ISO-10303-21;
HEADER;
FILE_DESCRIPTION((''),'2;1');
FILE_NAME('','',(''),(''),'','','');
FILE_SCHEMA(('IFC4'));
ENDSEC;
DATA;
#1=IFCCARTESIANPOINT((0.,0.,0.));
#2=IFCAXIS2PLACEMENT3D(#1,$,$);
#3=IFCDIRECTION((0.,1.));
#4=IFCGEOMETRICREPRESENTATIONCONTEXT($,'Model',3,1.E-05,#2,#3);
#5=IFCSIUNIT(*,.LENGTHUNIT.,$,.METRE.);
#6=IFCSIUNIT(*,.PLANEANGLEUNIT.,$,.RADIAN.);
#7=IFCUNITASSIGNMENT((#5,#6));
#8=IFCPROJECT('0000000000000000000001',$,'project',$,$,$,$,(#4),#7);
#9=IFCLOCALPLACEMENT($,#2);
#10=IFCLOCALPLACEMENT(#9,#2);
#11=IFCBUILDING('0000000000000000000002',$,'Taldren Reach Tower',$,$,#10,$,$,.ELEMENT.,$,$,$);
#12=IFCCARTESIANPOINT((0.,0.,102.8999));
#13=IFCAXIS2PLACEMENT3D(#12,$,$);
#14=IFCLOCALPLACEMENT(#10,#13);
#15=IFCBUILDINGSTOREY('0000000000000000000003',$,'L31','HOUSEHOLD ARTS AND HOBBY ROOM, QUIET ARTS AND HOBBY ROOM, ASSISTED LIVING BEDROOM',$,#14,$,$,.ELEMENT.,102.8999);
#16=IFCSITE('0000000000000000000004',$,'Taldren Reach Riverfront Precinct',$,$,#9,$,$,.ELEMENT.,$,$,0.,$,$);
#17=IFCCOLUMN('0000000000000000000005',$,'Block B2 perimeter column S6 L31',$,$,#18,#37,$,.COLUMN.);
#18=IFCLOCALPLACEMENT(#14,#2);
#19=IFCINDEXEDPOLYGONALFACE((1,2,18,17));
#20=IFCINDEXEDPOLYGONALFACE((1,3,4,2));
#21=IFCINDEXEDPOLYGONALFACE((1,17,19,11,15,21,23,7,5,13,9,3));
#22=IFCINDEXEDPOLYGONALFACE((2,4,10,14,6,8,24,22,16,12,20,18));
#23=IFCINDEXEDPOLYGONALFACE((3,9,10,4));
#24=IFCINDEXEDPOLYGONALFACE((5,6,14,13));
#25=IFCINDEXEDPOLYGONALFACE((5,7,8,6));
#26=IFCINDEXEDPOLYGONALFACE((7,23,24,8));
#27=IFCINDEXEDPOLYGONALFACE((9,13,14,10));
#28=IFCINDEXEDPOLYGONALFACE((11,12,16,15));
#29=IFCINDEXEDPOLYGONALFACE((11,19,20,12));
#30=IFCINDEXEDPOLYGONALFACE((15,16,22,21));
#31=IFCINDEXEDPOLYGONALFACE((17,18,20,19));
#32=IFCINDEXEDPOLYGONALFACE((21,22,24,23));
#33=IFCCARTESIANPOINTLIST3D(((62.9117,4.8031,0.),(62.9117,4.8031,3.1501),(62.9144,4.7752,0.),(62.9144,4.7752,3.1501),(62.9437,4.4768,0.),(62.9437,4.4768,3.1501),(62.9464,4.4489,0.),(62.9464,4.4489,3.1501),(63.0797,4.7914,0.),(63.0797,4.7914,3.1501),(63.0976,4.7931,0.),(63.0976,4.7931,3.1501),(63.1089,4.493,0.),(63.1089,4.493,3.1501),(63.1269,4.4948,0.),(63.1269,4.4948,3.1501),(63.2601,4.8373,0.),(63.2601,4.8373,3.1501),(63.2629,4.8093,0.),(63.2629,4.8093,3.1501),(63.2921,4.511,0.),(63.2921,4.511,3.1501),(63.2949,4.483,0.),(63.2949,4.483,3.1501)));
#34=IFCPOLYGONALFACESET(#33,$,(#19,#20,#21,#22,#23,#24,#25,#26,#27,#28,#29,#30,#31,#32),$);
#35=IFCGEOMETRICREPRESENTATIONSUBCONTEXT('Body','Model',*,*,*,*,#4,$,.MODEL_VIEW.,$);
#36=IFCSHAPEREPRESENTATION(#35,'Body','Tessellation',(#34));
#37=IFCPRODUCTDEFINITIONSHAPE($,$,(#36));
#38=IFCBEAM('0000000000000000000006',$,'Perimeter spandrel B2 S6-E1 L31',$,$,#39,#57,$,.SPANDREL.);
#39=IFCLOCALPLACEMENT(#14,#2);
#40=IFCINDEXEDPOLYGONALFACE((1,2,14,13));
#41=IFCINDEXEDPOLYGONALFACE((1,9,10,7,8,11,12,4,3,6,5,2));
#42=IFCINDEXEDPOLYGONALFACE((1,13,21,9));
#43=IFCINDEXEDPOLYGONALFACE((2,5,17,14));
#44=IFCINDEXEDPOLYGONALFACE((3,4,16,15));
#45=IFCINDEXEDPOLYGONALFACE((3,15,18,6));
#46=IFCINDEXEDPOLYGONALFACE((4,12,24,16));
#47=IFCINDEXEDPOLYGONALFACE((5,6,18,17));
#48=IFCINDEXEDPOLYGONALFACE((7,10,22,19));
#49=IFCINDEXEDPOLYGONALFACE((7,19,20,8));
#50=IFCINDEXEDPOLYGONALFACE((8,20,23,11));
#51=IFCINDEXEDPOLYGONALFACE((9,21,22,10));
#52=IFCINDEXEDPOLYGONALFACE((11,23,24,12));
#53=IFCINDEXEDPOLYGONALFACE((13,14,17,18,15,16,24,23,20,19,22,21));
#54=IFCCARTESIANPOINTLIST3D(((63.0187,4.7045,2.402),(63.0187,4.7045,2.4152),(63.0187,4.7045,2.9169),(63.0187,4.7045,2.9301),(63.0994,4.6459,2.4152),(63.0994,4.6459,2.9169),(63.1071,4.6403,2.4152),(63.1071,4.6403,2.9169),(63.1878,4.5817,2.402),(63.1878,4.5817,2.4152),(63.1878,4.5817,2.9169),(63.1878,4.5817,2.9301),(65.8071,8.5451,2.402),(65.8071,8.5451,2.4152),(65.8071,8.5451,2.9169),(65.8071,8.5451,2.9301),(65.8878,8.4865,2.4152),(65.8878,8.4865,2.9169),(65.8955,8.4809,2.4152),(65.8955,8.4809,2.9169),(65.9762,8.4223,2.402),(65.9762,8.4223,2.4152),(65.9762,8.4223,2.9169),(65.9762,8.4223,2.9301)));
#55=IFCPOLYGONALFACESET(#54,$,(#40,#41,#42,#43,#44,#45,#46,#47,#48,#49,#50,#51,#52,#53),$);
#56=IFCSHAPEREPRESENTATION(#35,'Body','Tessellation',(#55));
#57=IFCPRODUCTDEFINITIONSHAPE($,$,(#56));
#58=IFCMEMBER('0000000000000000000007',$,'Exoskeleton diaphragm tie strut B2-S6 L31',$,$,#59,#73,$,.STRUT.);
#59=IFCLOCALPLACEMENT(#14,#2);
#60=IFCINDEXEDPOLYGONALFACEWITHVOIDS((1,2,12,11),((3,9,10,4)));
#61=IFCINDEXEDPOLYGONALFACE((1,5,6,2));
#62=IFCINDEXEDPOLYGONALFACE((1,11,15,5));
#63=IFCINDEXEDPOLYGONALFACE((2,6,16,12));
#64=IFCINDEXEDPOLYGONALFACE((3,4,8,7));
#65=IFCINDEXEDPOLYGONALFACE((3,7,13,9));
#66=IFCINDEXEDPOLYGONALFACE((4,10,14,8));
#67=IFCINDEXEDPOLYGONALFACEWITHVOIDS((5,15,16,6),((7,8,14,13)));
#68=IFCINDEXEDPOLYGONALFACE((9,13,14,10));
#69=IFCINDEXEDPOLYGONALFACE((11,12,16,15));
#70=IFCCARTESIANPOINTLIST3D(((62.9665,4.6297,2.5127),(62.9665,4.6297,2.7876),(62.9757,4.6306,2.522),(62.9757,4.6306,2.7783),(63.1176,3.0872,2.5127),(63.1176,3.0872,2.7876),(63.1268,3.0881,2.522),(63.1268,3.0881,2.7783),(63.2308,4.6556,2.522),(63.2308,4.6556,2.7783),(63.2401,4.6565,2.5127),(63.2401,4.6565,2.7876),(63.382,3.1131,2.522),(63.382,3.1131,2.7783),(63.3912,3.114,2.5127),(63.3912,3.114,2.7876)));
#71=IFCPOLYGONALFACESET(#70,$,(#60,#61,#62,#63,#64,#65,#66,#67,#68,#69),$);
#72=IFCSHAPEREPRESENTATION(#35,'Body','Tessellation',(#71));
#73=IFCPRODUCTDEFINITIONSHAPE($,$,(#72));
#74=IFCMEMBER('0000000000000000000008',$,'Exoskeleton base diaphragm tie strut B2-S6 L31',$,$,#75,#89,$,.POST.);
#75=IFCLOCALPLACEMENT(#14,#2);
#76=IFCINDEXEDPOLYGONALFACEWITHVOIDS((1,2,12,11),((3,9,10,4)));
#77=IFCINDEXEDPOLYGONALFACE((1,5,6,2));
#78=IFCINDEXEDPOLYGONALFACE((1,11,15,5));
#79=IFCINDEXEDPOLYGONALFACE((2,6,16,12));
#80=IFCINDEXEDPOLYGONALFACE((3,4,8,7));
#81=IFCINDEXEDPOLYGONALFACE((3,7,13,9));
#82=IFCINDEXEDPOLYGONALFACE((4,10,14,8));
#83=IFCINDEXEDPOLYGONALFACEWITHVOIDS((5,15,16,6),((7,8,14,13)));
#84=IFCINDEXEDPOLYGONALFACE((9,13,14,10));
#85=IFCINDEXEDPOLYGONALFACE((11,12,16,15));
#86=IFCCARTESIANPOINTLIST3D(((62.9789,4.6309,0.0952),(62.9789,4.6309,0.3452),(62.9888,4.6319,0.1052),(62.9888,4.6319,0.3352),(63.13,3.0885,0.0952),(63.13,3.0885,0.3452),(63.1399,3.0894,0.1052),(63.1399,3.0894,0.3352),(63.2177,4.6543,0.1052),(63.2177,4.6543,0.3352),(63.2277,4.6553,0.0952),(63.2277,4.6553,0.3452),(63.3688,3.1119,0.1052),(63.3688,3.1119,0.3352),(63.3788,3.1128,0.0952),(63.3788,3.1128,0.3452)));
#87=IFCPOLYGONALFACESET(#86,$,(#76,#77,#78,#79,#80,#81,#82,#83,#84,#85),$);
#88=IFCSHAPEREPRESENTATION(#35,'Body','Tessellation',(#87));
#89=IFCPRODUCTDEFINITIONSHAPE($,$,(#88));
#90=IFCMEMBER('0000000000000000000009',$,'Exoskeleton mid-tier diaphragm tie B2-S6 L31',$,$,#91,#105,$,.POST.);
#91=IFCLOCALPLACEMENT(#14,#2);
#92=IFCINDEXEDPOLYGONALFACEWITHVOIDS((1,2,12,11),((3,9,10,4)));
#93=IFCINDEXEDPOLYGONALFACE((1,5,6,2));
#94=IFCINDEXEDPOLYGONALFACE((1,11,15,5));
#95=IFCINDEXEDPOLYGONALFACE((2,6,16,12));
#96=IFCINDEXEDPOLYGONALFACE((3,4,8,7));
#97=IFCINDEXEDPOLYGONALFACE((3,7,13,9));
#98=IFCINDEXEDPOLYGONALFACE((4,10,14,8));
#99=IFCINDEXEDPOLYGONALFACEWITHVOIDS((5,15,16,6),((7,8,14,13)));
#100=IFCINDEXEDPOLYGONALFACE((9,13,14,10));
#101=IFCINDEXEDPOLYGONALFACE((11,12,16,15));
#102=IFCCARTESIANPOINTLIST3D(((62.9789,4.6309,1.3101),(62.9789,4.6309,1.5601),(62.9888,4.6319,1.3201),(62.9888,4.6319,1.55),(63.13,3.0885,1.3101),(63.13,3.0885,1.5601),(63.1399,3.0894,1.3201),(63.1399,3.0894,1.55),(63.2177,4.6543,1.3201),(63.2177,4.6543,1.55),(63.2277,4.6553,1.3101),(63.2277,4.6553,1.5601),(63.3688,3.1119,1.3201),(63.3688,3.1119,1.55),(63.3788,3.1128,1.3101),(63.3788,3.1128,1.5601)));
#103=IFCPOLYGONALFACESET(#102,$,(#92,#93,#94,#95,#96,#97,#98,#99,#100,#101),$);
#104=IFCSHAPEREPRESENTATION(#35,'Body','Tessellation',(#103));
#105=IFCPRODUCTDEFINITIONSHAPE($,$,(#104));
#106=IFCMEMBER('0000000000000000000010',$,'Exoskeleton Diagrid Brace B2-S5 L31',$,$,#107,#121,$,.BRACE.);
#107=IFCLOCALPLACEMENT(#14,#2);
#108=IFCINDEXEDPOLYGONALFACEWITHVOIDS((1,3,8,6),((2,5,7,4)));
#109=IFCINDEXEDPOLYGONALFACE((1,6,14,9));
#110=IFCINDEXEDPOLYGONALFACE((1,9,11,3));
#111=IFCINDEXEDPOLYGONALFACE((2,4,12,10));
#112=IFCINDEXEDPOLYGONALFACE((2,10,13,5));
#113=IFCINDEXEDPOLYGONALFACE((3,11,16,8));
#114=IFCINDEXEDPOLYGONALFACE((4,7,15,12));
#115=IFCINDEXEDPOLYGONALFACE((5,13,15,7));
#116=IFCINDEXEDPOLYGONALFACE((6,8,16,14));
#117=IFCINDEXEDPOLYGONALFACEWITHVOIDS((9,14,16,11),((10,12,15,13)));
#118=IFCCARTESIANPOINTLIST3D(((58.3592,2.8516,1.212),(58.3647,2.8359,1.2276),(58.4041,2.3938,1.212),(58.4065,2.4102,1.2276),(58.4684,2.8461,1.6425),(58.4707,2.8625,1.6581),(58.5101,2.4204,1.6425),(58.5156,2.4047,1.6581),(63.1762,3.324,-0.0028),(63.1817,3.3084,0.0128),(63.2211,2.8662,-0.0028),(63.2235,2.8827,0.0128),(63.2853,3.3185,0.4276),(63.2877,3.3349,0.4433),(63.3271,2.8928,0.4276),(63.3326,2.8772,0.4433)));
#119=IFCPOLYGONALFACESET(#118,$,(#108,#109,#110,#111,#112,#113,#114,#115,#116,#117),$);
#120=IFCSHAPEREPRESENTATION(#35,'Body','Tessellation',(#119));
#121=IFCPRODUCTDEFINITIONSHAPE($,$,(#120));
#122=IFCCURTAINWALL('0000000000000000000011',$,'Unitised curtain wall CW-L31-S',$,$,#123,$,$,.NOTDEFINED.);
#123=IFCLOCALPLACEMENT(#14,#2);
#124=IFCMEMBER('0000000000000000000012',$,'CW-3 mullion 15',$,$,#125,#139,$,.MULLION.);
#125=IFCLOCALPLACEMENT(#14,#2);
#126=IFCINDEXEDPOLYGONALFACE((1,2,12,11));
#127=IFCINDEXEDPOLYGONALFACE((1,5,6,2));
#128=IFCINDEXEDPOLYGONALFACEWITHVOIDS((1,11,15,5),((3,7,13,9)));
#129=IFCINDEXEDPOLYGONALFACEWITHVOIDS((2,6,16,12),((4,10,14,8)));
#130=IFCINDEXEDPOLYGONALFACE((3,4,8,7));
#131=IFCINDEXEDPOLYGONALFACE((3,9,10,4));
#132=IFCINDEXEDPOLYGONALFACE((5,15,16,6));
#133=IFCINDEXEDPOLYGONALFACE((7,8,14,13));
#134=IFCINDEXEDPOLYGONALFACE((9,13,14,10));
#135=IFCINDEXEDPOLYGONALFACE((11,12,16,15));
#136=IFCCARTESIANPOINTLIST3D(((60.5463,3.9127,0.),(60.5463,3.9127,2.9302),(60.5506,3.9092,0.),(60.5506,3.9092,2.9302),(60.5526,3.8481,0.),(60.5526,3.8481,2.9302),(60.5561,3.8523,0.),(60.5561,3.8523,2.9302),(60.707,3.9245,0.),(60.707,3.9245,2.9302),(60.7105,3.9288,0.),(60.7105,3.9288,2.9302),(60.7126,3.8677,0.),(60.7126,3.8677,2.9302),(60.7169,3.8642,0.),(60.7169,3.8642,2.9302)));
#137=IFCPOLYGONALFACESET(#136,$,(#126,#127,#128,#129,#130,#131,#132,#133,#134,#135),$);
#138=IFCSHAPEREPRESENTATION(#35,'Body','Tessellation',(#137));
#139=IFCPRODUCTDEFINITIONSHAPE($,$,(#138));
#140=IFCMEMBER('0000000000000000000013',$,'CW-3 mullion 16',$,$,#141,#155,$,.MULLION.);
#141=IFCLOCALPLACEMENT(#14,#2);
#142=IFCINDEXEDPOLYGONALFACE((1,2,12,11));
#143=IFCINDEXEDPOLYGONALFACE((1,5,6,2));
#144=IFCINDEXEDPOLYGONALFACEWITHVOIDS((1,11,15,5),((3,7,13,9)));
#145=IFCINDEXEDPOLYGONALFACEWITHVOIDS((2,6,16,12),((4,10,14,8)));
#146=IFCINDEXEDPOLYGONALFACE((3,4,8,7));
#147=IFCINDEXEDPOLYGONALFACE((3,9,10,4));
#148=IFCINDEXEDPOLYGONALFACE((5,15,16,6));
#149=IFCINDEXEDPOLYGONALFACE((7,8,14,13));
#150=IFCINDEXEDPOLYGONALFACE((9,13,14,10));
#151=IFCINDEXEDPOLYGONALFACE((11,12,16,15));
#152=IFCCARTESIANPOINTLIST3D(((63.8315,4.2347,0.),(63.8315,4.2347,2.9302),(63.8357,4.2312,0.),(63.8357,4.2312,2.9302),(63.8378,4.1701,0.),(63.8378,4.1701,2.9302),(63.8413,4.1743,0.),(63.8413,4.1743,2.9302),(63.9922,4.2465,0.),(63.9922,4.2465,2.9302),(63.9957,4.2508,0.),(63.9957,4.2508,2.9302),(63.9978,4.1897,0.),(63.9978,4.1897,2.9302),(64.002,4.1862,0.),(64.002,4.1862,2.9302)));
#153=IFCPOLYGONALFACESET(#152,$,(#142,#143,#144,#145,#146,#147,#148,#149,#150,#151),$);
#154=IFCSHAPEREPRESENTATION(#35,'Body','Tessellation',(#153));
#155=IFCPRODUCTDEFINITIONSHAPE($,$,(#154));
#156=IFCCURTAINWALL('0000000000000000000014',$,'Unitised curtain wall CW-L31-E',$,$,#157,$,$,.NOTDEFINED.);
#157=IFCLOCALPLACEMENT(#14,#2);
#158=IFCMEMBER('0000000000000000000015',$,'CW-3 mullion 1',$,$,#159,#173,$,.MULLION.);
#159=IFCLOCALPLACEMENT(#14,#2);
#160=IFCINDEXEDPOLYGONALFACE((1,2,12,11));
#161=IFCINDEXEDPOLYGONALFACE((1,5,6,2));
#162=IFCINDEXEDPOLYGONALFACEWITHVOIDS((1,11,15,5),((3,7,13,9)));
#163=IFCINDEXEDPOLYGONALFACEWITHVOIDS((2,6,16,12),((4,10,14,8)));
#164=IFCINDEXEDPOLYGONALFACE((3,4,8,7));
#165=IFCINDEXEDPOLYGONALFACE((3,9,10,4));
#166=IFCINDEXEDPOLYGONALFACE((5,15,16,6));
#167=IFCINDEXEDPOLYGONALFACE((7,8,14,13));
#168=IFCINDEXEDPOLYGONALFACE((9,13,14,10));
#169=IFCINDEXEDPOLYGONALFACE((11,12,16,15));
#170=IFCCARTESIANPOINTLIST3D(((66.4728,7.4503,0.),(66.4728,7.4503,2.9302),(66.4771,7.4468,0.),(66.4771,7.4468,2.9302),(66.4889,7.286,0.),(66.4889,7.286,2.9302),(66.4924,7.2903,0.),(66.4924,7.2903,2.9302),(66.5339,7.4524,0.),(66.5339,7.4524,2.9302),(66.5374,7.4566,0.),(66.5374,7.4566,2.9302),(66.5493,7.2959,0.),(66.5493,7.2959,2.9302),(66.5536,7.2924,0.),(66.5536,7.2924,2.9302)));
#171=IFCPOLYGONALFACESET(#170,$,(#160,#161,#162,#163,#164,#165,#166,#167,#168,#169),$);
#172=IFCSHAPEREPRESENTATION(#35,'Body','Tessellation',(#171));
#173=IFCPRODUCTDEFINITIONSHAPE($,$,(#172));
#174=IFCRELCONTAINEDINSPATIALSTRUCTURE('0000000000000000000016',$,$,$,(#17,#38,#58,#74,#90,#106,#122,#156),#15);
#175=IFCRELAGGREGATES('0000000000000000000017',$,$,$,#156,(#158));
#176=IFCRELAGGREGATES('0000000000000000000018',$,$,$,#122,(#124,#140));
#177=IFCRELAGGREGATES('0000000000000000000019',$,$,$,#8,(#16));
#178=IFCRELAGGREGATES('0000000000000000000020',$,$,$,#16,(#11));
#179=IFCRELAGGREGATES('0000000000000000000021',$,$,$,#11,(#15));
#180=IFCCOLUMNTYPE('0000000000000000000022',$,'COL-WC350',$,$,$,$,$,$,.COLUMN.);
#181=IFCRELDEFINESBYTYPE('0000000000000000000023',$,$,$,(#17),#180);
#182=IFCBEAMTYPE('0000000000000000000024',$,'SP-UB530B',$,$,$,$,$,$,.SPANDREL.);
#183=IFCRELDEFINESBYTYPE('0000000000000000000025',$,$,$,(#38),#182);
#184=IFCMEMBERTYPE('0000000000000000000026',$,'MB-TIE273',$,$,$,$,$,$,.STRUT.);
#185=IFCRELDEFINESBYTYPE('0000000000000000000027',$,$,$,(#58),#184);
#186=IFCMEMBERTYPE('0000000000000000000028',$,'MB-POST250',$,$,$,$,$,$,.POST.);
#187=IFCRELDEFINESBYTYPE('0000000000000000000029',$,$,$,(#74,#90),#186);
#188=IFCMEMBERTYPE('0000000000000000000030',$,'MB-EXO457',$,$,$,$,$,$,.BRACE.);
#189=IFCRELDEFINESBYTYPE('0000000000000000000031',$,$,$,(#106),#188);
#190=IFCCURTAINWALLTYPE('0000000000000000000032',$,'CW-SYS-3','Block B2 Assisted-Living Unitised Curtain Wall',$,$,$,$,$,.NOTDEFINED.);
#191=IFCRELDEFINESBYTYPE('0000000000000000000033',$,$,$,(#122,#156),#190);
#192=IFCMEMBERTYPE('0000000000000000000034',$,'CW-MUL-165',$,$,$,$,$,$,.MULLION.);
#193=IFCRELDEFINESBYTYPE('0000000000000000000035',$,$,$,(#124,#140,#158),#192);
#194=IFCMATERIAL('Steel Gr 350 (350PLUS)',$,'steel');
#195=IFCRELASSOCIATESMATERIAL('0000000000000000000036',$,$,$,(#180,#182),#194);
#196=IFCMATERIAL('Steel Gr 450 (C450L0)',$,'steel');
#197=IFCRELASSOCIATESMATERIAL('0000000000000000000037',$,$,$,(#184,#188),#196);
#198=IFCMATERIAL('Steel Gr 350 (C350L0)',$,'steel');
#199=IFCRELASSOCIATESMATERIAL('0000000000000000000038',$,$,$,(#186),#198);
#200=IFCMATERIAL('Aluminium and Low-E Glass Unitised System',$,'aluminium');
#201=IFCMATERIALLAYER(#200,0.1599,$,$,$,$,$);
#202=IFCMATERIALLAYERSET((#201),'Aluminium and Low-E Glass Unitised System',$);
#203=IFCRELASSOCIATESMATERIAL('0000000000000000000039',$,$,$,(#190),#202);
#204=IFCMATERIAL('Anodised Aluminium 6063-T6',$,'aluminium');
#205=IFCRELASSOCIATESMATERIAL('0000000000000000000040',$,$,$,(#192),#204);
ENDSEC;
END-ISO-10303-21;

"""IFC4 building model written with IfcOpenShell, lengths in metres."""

from ifc_helpers import new_model, si_unit, direction, frame, origin, origin_2d, place, context, subcontext, project, spatial, hollow_rectangle, i_section, extrude, source, transform, mapped, material, layer, layer_set, material_profile, profile_set, type_object, element, aggregate, save


model = new_model("IFC4")

# Units and contexts
model_context = context("Model", 3, precision=1e-05, world=origin(), true_north=direction((0.0, 1.0)))
body_context = subcontext(model_context, "Body", "Model", "MODEL_VIEW")
ifc_project = project(units=[si_unit("LENGTHUNIT", "METRE"), si_unit("PLANEANGLEUNIT", "RADIAN")], contexts=[model_context])

# Site, building, storey
site_placement = place(None, origin())
site = spatial("IfcSite", under=ifc_project, at=site_placement, Name="Taldren Reach Riverfront Precinct", CompositionType="ELEMENT", RefElevation=0.0)
building_placement = place(site_placement, origin())
building = spatial("IfcBuilding", under=site, at=building_placement, Name="Taldren Reach Tower", CompositionType="ELEMENT")
storey_placement = place(building_placement, frame((0.0, 0.0, 102.8999)))
storey = spatial("IfcBuildingStorey", under=building, at=storey_placement, Name="L31", Description="HOUSEHOLD ARTS AND HOBBY ROOM, QUIET ARTS AND HOBBY ROOM, ASSISTED LIVING BEDROOM", CompositionType="ELEMENT", Elevation=102.8999)

# Column
ifc_material_1 = material(Name="Steel Gr 350 (350PLUS)", Category="steel")
ifc_material_profile_1 = material_profile(ifc_material_1, i_section(OverallWidth=0.3501, OverallDepth=0.356, WebThickness=0.0181, FlangeThickness=0.0281, at=origin_2d()), Name="350WC197")
ifc_profile_set_1 = profile_set([ifc_material_profile_1], Name="Steel Gr 350 (350PLUS)")
column_type = type_object("IfcColumnType", Name="COL-WC350", PredefinedType="COLUMN", material=ifc_profile_set_1)
shared_shape_1 = source(origin(), body_context, "Body", "SweptSolid", [
    extrude(i_section(OverallWidth=0.3501, OverallDepth=0.356, WebThickness=0.0181, FlangeThickness=0.0281, at=origin_2d()), origin(), (0.0, 0.0, 1.0), 3.1501),
])
column_placement = place(storey_placement, frame((63.1033, 4.6431, 0.0), z_axis=(0.0, 0.0, 1.0), x_axis=(0.995227, 0.097583, 0.0)))
element("IfcColumn", 1, at=column_placement, inside=storey, type_object=column_type, Name="Block B2 perimeter column S6 L31", PredefinedType="COLUMN", context=body_context, shape_type="MappedRepresentation", body=[
    mapped(shared_shape_1, transform((0.0, 0.0, 0.0), scale=1.0)),
])

# Beam
ifc_material_profile_2 = material_profile(ifc_material_1, i_section(OverallWidth=0.209, OverallDepth=0.5281, WebThickness=0.0095, FlangeThickness=0.0132, at=origin_2d()), Name="530UB82.0")
ifc_profile_set_2 = profile_set([ifc_material_profile_2], Name="Steel Gr 350 (350PLUS)")
beam_type = type_object("IfcBeamType", Name="SP-UB530B", PredefinedType="SPANDREL", material=ifc_profile_set_2)
shared_shape_2 = source(origin(), body_context, "Body", "SweptSolid", [
    extrude(i_section(OverallWidth=0.209, OverallDepth=0.5281, WebThickness=0.0095, FlangeThickness=0.0132, at=origin_2d()), origin(), (0.0, 0.0, 1.0), 4.7461),
])
beam_placement = place(storey_placement, frame((63.1033, 4.6431, 2.666), z_axis=(0.587508, 0.809219, 0.0), x_axis=(-0.809219, 0.587508, 0.0)))
element("IfcBeam", 2, at=beam_placement, inside=storey, type_object=beam_type, Name="Perimeter spandrel B2 S6-E1 L31", PredefinedType="SPANDREL", context=body_context, shape_type="MappedRepresentation", body=[
    mapped(shared_shape_2, transform((0.0, 0.0, 0.0), scale=1.0)),
])

# Members
ifc_material_2 = material(Name="Steel Gr 450 (C450L0)", Category="steel")
ifc_material_profile_3 = material_profile(ifc_material_2, hollow_rectangle(XDim=0.2749, YDim=0.2749, WallThickness=0.0093, at=origin_2d()), Name="275x275x9.3SHS")
ifc_profile_set_3 = profile_set([ifc_material_profile_3], Name="Steel Gr 450 (C450L0)")
member_type_1 = type_object("IfcMemberType", Name="MB-TIE273", PredefinedType="STRUT", material=ifc_profile_set_3)
shared_shape_3 = source(origin(), body_context, "Body", "SweptSolid", [
    extrude(hollow_rectangle(XDim=0.2749, YDim=0.2749, WallThickness=0.0093, at=origin_2d()), origin(), (0.0, 0.0, 1.0), 1.5498),
])
member_1_placement = place(storey_placement, frame((63.1033, 4.6431, 2.6501), z_axis=(0.097507, -0.995235, 0.0), x_axis=(0.995235, 0.097507, 0.0)))
element("IfcMember", 3, at=member_1_placement, inside=storey, type_object=member_type_1, Name="Exoskeleton diaphragm tie strut B2-S6 L31", PredefinedType="STRUT", context=body_context, shape_type="MappedRepresentation", body=[
    mapped(shared_shape_3, transform((0.0, 0.0, 0.0), scale=1.0)),
])
ifc_material_3 = material(Name="Steel Gr 350 (C350L0)", Category="steel")
ifc_material_profile_4 = material_profile(ifc_material_3, hollow_rectangle(XDim=0.25, YDim=0.25, WallThickness=0.01, at=origin_2d()), Name="250x250x10.0SHS")
ifc_profile_set_4 = profile_set([ifc_material_profile_4], Name="Steel Gr 350 (C350L0)")
member_type_2 = type_object("IfcMemberType", Name="MB-POST250", PredefinedType="POST", material=ifc_profile_set_4)
shared_shape_4 = source(origin(), body_context, "Body", "SweptSolid", [
    extrude(hollow_rectangle(XDim=0.25, YDim=0.25, WallThickness=0.01, at=origin_2d()), origin(), (0.0, 0.0, 1.0), 1.5498),
])
for number, where, z_axis, x_axis, name in (
    (4, (63.1033, 4.6431, 0.2202), (0.097507, -0.995235, 0.0), (0.995235, 0.097507, 0.0), "Exoskeleton base diaphragm tie strut B2-S6 L31"),
    (5, (63.1033, 4.6431, 1.4351), (0.097507, -0.995235, 0.0), (0.995235, 0.097507, 0.0), "Exoskeleton mid-tier diaphragm tie B2-S6 L31"),
):
    element("IfcMember", number, at=place(storey_placement, frame(where, z_axis=z_axis, x_axis=x_axis)), inside=storey, type_object=member_type_2, Name=name, PredefinedType="POST", context=body_context, shape_type="MappedRepresentation", body=[
        mapped(shared_shape_4, transform((0.0, 0.0, 0.0), scale=1.0)),
    ])
ifc_material_profile_5 = material_profile(ifc_material_2, hollow_rectangle(XDim=0.46, YDim=0.46, WallThickness=0.0161, at=origin_2d()), Name="460x460x16.0SHS")
ifc_profile_set_5 = profile_set([ifc_material_profile_5], Name="Steel Gr 450 (C450L0)")
member_type_3 = type_object("IfcMemberType", Name="MB-EXO457", PredefinedType="BRACE", material=ifc_profile_set_5)
shared_shape_5 = source(origin(), body_context, "Body", "SweptSolid", [
    extrude(hollow_rectangle(XDim=0.46, YDim=0.46, WallThickness=0.0161, at=origin_2d()), origin(), (0.0, 0.0, 1.0), 4.9902),
])
member_2_placement = place(storey_placement, frame((63.2544, 3.1006, 0.2202), z_axis=(-0.965283, -0.094669, 0.243449), x_axis=(0.097606, -0.995225, 0.0)))
element("IfcMember", 6, at=member_2_placement, inside=storey, type_object=member_type_3, Name="Exoskeleton Diagrid Brace B2-S5 L31", PredefinedType="BRACE", context=body_context, shape_type="MappedRepresentation", body=[
    mapped(shared_shape_5, transform((0.0, 0.0, 0.0), scale=1.0)),
])

# Curtain wall, members
ifc_material_4 = material(Name="Aluminium and Low-E Glass Unitised System", Category="aluminium")
ifc_layer_1 = layer(ifc_material_4, 0.1599)
ifc_layer_set_1 = layer_set([ifc_layer_1], Name="Aluminium and Low-E Glass Unitised System")
curtain_wall_type = type_object("IfcCurtainWallType", Name="CW-SYS-3", Description="Block B2 Assisted-Living Unitised Curtain Wall", PredefinedType="NOTDEFINED", material=ifc_layer_set_1)
curtain_wall_1_placement = place(storey_placement, origin())
curtain_wall_1 = element("IfcCurtainWall", 7, at=curtain_wall_1_placement, inside=storey, type_object=curtain_wall_type, Name="Unitised curtain wall CW-L31-S", PredefinedType="NOTDEFINED")
ifc_material_5 = material(Name="Anodised Aluminium 6063-T6", Category="aluminium")
ifc_material_profile_6 = material_profile(ifc_material_5, hollow_rectangle(XDim=0.0649, YDim=0.165, WallThickness=0.0039, at=origin_2d()), Name="ALU-165x65x4RHS")
ifc_profile_set_6 = profile_set([ifc_material_profile_6], Name="Anodised Aluminium 6063-T6")
member_type_4 = type_object("IfcMemberType", Name="CW-MUL-165", PredefinedType="MULLION", material=ifc_profile_set_6)
shared_shape_6 = source(origin(), body_context, "Body", "SweptSolid", [
    extrude(hollow_rectangle(XDim=0.0649, YDim=0.165, WallThickness=0.0039, at=origin_2d()), origin(), (0.0, 0.0, 1.0), 2.9302),
])
member_3_placement = place(storey_placement, frame((60.6316, 3.8884, 0.0), z_axis=(0.0, 0.0, 1.0), x_axis=(-0.097583, 0.995227, 0.0)))
member_3 = element("IfcMember", 8, at=member_3_placement, type_object=member_type_4, Name="CW-3 mullion 15", PredefinedType="MULLION", context=body_context, shape_type="MappedRepresentation", body=[
    mapped(shared_shape_6, transform((0.0, 0.0, 0.0), scale=1.0)),
])
member_4_placement = place(storey_placement, frame((63.9167, 4.2104, 0.0), z_axis=(0.0, 0.0, 1.0), x_axis=(-0.097583, 0.995227, 0.0)))
member_4 = element("IfcMember", 9, at=member_4_placement, type_object=member_type_4, Name="CW-3 mullion 16", PredefinedType="MULLION", context=body_context, shape_type="MappedRepresentation", body=[
    mapped(shared_shape_6, transform((0.0, 0.0, 0.0), scale=1.0)),
])

# Curtain wall, member
curtain_wall_2_placement = place(storey_placement, origin())
curtain_wall_2 = element("IfcCurtainWall", 10, at=curtain_wall_2_placement, inside=storey, type_object=curtain_wall_type, Name="Unitised curtain wall CW-L31-E", PredefinedType="NOTDEFINED")
member_5_placement = place(storey_placement, frame((66.5132, 7.3713, 0.0), z_axis=(0.0, 0.0, 1.0), x_axis=(-0.995227, -0.097583, 0.0)))
member_5 = element("IfcMember", 11, at=member_5_placement, type_object=member_type_4, Name="CW-3 mullion 1", PredefinedType="MULLION", context=body_context, shape_type="MappedRepresentation", body=[
    mapped(shared_shape_6, transform((0.0, 0.0, 0.0), scale=1.0)),
])

aggregate(curtain_wall_2, [member_5])

aggregate(curtain_wall_1, [member_3, member_4])

save(model, "model.ifc")
